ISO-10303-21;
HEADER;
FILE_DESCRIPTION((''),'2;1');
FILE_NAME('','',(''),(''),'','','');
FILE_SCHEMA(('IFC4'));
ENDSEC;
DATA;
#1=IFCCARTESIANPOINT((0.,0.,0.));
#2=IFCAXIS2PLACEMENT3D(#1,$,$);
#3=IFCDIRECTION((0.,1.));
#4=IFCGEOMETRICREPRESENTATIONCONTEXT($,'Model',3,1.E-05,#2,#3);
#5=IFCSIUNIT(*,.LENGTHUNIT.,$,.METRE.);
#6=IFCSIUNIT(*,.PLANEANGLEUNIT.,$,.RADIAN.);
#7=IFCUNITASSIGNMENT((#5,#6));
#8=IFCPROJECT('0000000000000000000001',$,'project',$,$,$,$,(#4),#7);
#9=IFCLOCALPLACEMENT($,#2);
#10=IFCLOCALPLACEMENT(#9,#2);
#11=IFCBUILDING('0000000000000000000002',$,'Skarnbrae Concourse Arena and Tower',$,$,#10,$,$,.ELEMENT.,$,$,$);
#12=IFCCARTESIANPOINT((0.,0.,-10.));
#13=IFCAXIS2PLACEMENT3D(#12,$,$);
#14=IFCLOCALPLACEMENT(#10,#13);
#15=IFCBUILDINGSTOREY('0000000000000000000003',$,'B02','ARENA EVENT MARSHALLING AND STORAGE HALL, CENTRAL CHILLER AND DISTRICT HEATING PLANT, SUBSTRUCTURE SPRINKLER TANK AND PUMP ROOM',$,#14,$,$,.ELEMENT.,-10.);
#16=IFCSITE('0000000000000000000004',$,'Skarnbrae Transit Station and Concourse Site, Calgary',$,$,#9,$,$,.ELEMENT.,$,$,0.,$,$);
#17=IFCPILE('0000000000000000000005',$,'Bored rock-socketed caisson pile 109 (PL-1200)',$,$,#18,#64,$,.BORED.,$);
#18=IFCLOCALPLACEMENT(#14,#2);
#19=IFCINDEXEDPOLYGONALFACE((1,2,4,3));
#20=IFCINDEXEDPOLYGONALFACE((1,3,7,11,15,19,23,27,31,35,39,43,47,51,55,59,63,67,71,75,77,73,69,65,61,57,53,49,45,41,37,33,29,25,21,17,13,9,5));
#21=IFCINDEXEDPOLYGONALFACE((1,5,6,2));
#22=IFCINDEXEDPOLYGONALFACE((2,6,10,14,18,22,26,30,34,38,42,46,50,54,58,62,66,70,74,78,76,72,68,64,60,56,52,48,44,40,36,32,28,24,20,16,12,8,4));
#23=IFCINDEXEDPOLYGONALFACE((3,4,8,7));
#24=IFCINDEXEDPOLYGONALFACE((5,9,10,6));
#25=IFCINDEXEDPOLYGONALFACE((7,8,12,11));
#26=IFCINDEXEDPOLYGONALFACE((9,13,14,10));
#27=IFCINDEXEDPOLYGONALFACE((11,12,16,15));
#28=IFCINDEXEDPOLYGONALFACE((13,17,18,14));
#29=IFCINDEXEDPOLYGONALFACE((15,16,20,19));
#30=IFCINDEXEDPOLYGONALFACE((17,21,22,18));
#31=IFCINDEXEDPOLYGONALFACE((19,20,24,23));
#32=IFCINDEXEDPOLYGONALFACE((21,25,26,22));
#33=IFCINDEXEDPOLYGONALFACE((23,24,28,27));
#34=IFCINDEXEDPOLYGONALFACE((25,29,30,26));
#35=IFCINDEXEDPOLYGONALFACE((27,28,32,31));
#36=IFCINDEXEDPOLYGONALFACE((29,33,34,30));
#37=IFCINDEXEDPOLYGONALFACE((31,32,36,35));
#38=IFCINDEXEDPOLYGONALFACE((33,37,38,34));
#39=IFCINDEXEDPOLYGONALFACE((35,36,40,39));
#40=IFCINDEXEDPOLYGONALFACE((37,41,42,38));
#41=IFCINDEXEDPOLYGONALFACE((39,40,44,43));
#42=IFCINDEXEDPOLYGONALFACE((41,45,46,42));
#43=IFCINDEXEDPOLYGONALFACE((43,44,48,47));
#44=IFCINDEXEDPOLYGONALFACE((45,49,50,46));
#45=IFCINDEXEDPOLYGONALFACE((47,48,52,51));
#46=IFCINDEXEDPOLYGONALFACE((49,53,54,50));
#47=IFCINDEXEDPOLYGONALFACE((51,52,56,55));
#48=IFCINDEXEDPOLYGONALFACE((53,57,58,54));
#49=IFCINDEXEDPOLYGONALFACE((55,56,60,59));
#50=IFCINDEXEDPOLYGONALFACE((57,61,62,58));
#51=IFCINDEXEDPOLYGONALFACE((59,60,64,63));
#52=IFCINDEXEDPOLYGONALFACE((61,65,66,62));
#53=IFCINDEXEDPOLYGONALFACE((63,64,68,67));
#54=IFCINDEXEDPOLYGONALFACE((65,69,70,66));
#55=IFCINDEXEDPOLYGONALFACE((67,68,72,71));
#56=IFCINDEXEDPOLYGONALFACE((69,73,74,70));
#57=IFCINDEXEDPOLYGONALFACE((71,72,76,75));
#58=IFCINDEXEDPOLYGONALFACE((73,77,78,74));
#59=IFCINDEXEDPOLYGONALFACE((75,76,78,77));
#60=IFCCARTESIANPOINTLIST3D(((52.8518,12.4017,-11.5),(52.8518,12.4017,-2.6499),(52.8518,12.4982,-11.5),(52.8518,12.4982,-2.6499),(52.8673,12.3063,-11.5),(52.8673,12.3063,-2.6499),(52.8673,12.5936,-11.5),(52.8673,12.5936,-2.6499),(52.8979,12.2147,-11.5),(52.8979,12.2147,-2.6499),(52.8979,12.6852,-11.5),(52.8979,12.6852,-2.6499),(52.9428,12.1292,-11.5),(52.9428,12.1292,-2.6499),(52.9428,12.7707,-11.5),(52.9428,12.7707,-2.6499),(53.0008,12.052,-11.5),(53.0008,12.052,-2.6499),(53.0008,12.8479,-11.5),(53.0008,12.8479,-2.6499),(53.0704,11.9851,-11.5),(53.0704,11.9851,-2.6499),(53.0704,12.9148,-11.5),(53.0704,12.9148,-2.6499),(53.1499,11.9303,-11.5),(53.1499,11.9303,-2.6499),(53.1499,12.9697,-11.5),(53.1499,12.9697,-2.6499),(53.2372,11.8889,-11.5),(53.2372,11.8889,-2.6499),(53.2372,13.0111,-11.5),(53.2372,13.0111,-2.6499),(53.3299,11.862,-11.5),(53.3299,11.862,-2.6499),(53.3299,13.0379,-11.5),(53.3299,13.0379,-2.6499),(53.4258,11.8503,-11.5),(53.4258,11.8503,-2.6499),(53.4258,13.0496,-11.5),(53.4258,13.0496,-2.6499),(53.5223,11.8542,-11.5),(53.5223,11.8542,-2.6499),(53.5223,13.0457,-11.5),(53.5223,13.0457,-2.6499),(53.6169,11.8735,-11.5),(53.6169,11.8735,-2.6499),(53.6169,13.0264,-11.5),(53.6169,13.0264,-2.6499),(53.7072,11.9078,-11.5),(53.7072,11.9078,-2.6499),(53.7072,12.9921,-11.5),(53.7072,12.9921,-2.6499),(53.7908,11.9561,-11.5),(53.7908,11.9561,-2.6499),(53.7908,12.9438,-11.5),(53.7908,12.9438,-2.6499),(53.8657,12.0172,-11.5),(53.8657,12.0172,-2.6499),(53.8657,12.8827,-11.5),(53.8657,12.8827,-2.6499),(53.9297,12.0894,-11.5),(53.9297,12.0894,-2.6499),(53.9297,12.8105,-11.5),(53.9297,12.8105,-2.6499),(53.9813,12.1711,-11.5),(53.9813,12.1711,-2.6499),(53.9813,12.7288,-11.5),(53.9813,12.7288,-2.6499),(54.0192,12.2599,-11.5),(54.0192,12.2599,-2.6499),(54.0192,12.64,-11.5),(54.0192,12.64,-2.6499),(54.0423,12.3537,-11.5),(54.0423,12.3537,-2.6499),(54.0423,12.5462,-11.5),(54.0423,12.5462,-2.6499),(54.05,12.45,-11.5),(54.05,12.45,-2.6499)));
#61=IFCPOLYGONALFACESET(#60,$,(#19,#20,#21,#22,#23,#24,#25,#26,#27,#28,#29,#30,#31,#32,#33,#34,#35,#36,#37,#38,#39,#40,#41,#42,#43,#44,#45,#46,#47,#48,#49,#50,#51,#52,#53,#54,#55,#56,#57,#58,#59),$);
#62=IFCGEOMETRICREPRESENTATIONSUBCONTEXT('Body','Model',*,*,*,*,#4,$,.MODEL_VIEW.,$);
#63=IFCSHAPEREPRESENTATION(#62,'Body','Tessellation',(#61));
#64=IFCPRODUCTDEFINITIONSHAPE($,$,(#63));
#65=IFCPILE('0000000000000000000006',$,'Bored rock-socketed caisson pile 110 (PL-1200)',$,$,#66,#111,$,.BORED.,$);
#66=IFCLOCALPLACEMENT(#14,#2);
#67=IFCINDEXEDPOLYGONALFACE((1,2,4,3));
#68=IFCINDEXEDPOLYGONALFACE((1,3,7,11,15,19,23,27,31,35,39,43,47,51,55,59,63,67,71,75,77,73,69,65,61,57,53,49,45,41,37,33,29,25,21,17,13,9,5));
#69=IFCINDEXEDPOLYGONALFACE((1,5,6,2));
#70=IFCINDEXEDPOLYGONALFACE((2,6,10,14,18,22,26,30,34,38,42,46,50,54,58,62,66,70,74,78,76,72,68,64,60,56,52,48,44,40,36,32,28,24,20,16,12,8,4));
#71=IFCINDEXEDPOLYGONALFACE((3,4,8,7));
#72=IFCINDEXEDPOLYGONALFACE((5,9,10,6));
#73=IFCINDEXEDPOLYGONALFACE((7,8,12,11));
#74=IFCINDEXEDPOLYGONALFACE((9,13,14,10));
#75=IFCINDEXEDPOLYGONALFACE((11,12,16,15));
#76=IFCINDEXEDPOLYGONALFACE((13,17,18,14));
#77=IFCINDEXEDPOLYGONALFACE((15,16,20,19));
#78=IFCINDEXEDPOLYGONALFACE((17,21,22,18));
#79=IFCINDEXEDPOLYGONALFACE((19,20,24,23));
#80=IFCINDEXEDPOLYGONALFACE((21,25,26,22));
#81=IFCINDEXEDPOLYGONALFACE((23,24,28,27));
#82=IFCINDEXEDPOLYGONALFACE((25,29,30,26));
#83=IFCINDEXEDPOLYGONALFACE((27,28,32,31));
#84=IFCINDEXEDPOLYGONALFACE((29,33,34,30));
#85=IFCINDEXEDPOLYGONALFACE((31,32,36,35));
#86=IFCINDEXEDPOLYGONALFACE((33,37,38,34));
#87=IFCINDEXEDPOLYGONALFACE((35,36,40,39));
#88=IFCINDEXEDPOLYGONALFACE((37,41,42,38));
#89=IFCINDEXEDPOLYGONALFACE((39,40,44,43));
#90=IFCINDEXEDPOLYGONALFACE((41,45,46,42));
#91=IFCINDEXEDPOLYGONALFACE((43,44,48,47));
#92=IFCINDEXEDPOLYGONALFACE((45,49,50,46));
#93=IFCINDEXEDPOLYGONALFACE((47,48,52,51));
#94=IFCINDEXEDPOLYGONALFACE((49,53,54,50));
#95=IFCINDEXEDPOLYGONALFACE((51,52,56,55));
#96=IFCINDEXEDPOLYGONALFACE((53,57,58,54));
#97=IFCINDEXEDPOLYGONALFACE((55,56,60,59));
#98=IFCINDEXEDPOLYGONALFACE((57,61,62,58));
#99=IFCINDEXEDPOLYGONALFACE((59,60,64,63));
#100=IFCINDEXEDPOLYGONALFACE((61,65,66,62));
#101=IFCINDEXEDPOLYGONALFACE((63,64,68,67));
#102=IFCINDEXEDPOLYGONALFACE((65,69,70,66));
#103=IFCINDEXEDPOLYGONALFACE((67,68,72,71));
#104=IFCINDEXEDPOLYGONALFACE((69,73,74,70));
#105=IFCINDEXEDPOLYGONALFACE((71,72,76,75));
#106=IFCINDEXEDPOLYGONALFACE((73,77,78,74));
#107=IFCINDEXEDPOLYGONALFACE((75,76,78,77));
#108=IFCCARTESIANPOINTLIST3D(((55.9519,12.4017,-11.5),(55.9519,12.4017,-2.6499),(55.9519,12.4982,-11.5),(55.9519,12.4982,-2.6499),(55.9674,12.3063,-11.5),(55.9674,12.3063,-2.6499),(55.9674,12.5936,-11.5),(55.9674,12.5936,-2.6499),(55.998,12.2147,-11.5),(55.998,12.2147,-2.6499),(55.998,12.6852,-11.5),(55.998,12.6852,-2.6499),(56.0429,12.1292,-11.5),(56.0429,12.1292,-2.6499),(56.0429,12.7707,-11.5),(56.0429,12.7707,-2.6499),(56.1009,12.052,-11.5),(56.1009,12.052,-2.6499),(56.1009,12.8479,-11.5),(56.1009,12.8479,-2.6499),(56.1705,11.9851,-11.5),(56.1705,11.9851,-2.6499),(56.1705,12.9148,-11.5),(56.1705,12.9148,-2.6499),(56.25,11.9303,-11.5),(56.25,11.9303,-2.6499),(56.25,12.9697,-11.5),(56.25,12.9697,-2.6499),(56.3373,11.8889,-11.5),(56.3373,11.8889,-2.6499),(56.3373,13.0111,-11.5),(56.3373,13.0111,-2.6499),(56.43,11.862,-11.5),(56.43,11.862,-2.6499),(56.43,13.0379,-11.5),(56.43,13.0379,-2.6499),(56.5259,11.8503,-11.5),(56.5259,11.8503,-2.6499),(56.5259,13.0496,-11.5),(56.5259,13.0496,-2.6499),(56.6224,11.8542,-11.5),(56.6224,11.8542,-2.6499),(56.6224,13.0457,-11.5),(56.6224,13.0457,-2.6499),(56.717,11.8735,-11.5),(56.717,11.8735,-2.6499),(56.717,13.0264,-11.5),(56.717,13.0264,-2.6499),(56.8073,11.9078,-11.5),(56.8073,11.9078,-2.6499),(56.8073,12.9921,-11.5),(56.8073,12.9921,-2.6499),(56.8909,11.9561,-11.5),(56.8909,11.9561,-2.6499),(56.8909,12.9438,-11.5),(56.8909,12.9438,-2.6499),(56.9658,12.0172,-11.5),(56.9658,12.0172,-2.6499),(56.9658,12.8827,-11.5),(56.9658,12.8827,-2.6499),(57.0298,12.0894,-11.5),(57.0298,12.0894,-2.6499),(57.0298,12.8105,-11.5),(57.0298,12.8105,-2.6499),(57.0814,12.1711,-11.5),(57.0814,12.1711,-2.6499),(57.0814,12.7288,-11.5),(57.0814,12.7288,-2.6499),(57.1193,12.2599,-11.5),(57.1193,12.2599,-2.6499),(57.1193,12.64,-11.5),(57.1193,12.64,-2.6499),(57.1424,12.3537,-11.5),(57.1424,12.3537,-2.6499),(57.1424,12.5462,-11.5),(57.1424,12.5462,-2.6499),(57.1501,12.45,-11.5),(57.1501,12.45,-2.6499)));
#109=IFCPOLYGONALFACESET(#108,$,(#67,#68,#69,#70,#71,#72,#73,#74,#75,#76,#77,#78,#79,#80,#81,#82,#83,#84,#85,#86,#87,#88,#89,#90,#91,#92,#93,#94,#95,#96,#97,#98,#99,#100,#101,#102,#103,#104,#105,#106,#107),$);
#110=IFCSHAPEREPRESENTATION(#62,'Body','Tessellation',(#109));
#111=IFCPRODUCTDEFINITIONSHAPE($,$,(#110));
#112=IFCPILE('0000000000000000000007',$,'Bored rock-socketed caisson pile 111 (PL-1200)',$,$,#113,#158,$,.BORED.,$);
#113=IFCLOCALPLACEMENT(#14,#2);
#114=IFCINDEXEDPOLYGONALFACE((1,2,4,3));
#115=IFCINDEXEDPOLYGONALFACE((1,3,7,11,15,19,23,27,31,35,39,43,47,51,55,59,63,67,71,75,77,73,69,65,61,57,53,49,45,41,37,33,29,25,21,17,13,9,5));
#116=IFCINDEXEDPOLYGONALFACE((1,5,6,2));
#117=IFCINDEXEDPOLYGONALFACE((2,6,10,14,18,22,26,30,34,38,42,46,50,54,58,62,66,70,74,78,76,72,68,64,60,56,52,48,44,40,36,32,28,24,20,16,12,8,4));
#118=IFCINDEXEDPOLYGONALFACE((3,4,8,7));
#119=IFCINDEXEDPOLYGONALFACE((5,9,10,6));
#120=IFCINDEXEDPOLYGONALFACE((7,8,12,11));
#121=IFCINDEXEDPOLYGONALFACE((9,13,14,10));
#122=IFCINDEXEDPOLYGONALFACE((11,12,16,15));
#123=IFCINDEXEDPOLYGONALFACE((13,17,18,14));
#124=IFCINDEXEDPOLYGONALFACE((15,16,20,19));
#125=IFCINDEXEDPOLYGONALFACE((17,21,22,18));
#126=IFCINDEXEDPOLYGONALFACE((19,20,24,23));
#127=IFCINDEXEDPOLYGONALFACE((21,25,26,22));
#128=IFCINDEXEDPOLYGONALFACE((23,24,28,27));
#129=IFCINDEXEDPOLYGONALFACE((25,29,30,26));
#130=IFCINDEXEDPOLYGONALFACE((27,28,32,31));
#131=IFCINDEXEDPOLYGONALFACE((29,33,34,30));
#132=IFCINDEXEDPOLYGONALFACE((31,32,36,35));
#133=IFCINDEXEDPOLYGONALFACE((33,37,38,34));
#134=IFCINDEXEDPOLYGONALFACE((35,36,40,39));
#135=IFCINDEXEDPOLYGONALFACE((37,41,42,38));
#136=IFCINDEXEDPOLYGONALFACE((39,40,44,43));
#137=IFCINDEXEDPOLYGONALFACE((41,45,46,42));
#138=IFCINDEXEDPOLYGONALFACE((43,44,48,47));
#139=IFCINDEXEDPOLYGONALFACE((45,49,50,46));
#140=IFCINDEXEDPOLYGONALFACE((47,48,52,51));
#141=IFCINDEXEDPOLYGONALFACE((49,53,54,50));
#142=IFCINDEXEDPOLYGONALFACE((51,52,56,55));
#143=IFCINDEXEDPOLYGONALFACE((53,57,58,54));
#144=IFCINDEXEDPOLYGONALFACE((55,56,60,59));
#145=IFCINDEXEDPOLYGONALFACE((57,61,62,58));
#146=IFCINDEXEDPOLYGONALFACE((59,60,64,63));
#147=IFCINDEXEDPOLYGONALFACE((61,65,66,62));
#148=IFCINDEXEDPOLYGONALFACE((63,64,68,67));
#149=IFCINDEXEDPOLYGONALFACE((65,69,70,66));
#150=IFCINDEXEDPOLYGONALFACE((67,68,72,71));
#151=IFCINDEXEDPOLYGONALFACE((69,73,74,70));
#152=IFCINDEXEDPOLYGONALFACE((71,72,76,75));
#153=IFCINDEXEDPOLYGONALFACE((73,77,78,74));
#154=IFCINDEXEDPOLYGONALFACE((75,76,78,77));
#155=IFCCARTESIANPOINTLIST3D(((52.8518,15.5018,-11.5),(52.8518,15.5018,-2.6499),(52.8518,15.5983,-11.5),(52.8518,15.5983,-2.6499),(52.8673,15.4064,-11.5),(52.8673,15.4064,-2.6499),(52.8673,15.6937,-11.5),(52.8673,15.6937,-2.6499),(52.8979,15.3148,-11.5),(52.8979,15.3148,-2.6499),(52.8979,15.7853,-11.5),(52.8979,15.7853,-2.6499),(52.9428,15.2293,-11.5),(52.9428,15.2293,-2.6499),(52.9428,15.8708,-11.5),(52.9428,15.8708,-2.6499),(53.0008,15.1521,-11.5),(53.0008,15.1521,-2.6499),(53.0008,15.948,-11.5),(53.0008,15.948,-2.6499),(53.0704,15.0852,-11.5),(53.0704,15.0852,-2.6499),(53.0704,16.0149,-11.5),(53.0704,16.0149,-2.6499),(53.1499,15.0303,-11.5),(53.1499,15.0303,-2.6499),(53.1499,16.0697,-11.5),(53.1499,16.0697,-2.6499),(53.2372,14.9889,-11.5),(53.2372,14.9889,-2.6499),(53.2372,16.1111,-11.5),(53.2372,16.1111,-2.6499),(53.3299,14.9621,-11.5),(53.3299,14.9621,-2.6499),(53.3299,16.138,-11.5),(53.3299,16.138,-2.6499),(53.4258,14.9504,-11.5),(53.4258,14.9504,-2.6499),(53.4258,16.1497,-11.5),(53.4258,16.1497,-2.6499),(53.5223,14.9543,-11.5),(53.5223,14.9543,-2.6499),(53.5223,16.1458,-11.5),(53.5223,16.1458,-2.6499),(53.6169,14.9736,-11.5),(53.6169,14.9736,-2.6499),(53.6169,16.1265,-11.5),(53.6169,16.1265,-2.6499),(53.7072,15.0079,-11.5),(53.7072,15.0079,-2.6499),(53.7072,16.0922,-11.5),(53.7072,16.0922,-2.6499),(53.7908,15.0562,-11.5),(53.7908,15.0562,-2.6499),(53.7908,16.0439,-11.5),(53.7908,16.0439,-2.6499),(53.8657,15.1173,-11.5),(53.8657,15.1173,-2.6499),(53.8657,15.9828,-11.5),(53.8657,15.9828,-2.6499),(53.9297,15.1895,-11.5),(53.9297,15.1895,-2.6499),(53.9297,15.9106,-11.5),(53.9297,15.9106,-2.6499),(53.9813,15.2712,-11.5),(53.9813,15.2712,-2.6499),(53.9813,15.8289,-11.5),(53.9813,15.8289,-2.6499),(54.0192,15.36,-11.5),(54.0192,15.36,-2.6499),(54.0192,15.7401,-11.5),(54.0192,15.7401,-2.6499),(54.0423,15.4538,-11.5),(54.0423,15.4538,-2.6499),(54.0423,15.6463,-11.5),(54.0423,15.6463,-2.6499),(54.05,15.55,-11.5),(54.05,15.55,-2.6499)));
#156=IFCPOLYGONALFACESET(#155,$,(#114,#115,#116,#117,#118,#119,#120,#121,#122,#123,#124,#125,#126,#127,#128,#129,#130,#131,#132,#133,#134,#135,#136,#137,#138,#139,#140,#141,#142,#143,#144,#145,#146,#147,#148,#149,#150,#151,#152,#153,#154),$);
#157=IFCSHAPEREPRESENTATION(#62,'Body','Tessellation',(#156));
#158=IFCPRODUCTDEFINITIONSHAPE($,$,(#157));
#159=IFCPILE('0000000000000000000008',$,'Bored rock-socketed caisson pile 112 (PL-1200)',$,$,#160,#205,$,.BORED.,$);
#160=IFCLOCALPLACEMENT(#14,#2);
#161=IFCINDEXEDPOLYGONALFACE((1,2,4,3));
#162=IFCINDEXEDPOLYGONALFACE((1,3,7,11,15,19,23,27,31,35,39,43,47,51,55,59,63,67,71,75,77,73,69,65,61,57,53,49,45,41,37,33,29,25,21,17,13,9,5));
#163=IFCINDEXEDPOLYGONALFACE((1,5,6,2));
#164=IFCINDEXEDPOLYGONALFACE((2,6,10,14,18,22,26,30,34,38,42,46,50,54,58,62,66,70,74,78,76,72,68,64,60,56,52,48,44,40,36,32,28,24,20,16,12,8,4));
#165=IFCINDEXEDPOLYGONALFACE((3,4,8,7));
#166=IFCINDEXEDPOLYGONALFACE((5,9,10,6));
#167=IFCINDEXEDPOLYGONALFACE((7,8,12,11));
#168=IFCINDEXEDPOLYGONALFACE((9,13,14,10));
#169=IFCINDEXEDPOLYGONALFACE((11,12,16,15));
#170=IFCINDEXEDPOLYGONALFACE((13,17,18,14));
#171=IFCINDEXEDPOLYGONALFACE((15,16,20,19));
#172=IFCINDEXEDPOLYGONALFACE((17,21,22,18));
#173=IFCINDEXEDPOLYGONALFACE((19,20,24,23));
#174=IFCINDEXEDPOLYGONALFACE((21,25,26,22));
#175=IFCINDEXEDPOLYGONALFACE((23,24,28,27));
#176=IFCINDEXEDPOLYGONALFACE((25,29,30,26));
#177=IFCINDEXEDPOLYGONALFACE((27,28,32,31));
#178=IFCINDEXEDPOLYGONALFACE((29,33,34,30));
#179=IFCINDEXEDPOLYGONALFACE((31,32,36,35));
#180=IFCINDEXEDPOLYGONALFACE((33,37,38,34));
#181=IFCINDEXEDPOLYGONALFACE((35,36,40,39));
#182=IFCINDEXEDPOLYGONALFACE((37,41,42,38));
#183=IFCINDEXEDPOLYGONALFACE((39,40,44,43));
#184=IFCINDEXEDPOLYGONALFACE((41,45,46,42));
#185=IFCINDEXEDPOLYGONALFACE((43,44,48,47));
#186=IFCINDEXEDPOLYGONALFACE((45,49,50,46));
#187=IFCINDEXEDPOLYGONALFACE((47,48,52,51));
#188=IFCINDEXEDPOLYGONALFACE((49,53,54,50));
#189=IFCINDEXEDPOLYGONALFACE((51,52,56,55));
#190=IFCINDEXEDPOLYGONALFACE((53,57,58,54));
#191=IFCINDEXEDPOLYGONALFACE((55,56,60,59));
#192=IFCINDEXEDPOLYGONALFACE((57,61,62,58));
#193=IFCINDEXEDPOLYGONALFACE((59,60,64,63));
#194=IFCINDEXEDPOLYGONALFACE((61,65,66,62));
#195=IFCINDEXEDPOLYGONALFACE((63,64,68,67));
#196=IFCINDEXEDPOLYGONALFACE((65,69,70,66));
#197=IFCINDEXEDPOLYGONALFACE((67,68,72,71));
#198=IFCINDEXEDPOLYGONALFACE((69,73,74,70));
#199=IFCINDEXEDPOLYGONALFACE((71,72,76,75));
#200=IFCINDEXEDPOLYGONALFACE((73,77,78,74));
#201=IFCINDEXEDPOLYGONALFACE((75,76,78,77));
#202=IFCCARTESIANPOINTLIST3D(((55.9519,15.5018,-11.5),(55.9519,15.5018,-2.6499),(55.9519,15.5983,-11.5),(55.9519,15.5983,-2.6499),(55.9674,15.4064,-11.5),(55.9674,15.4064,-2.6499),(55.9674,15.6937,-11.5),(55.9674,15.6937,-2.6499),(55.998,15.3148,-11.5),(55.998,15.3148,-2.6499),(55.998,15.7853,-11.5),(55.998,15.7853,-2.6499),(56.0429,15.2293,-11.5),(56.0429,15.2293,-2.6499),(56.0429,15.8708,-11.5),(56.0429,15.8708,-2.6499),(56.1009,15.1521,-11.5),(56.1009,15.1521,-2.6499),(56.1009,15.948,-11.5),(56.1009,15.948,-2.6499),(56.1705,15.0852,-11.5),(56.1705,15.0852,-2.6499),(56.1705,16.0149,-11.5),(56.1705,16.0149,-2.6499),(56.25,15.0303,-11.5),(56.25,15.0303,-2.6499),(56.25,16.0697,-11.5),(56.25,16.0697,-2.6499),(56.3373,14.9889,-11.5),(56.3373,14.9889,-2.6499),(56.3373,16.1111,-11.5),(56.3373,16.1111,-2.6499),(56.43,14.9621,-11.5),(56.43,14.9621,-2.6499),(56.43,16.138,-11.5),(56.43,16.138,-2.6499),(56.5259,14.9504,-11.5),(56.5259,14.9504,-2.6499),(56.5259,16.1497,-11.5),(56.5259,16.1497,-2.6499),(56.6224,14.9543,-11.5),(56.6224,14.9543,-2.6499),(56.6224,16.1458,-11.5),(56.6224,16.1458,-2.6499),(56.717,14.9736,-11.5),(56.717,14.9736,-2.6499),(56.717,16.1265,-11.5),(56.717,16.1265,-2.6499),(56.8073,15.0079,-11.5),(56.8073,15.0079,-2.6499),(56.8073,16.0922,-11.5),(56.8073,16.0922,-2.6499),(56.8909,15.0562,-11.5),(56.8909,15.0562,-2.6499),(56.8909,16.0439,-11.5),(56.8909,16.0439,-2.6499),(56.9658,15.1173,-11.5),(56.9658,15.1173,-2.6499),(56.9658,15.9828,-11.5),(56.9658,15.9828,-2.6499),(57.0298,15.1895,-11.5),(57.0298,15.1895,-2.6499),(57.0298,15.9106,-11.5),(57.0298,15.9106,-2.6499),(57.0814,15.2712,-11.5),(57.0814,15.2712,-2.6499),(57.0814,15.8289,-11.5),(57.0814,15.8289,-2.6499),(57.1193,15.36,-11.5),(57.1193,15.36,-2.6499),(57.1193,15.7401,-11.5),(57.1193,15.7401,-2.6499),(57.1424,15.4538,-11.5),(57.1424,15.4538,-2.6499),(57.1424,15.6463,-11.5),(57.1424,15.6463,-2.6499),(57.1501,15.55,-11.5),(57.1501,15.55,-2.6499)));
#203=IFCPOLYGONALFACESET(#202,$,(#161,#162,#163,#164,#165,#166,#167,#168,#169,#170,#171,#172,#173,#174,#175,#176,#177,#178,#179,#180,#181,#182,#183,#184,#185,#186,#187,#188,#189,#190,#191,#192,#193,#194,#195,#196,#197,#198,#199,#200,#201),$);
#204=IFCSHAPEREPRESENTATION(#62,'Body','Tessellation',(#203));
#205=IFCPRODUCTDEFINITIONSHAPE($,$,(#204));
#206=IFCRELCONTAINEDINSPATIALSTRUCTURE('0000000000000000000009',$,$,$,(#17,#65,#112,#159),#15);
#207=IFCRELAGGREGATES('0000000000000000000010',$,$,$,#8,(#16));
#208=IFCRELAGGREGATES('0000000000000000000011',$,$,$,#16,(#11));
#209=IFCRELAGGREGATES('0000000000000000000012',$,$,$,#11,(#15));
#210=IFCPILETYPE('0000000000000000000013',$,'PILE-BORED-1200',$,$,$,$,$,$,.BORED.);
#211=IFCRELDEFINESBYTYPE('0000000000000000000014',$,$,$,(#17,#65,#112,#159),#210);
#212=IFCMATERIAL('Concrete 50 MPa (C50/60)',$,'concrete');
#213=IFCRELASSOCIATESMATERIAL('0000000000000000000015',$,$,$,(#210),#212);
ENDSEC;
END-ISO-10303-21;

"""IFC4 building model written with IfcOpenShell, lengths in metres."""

from ifc_helpers import new_model, si_unit, direction, frame, origin, origin_2d, place, context, subcontext, project, spatial, circle, extrude, source, transform, mapped, material, material_profile, profile_set, type_object, element, save


model = new_model("IFC4")

# Units and contexts
model_context = context("Model", 3, precision=1e-05, world=origin(), true_north=direction((0.0, 1.0)))
body_context = subcontext(model_context, "Body", "Model", "MODEL_VIEW")
ifc_project = project(units=[si_unit("LENGTHUNIT", "METRE"), si_unit("PLANEANGLEUNIT", "RADIAN")], contexts=[model_context])

# Site, building, storey
site_placement = place(None, origin())
site = spatial("IfcSite", under=ifc_project, at=site_placement, Name="Skarnbrae Transit Station and Concourse Site, Calgary", CompositionType="ELEMENT", RefElevation=0.0)
building_placement = place(site_placement, origin())
building = spatial("IfcBuilding", under=site, at=building_placement, Name="Skarnbrae Concourse Arena and Tower", CompositionType="ELEMENT")
storey_placement = place(building_placement, frame((0.0, 0.0, -10.0)))
storey = spatial("IfcBuildingStorey", under=building, at=storey_placement, Name="B02", Description="ARENA EVENT MARSHALLING AND STORAGE HALL, CENTRAL CHILLER AND DISTRICT HEATING PLANT, SUBSTRUCTURE SPRINKLER TANK AND PUMP ROOM", CompositionType="ELEMENT", Elevation=-10.0)

# Shared definitions
ifc_material_1 = material(Name="Concrete 50 MPa (C50/60)", Category="concrete")

# Piles
ifc_material_profile_1 = material_profile(ifc_material_1, circle(Radius=0.6001, at=origin_2d()), Name="CAISSON-1200")
ifc_profile_set_1 = profile_set([ifc_material_profile_1], Name="Concrete 50 MPa (C50/60)")
pile_type_1 = type_object("IfcPileType", Name="PILE-BORED-1200", PredefinedType="BORED", material=ifc_profile_set_1)
shared_shape_1 = source(origin(), body_context, "Body", "SweptSolid", [
    extrude(circle(Radius=0.6001, at=origin_2d()), origin(), (0.0, 0.0, 1.0), 8.8501),
])
for number, where, z_axis, x_axis, name in (
    (1, (53.45, 12.45, -2.6499), (0.0, 0.0, -1.0), (1.0, 0.0, 0.0), "Bored rock-socketed caisson pile 109 (PL-1200)"),
    (2, (56.55, 12.45, -2.6499), (0.0, 0.0, -1.0), (1.0, 0.0, 0.0), "Bored rock-socketed caisson pile 110 (PL-1200)"),
    (3, (53.45, 15.55, -2.6499), (0.0, 0.0, -1.0), (1.0, 0.0, 0.0), "Bored rock-socketed caisson pile 111 (PL-1200)"),
    (4, (56.55, 15.55, -2.6499), (0.0, 0.0, -1.0), (1.0, 0.0, 0.0), "Bored rock-socketed caisson pile 112 (PL-1200)"),
):
    element("IfcPile", number, at=place(storey_placement, frame(where, z_axis=z_axis, x_axis=x_axis)), inside=storey, type_object=pile_type_1, Name=name, PredefinedType="BORED", context=body_context, shape_type="MappedRepresentation", body=[
        mapped(shared_shape_1, transform((0.0, 0.0, 0.0))),
    ])

save(model, "model.ifc")
